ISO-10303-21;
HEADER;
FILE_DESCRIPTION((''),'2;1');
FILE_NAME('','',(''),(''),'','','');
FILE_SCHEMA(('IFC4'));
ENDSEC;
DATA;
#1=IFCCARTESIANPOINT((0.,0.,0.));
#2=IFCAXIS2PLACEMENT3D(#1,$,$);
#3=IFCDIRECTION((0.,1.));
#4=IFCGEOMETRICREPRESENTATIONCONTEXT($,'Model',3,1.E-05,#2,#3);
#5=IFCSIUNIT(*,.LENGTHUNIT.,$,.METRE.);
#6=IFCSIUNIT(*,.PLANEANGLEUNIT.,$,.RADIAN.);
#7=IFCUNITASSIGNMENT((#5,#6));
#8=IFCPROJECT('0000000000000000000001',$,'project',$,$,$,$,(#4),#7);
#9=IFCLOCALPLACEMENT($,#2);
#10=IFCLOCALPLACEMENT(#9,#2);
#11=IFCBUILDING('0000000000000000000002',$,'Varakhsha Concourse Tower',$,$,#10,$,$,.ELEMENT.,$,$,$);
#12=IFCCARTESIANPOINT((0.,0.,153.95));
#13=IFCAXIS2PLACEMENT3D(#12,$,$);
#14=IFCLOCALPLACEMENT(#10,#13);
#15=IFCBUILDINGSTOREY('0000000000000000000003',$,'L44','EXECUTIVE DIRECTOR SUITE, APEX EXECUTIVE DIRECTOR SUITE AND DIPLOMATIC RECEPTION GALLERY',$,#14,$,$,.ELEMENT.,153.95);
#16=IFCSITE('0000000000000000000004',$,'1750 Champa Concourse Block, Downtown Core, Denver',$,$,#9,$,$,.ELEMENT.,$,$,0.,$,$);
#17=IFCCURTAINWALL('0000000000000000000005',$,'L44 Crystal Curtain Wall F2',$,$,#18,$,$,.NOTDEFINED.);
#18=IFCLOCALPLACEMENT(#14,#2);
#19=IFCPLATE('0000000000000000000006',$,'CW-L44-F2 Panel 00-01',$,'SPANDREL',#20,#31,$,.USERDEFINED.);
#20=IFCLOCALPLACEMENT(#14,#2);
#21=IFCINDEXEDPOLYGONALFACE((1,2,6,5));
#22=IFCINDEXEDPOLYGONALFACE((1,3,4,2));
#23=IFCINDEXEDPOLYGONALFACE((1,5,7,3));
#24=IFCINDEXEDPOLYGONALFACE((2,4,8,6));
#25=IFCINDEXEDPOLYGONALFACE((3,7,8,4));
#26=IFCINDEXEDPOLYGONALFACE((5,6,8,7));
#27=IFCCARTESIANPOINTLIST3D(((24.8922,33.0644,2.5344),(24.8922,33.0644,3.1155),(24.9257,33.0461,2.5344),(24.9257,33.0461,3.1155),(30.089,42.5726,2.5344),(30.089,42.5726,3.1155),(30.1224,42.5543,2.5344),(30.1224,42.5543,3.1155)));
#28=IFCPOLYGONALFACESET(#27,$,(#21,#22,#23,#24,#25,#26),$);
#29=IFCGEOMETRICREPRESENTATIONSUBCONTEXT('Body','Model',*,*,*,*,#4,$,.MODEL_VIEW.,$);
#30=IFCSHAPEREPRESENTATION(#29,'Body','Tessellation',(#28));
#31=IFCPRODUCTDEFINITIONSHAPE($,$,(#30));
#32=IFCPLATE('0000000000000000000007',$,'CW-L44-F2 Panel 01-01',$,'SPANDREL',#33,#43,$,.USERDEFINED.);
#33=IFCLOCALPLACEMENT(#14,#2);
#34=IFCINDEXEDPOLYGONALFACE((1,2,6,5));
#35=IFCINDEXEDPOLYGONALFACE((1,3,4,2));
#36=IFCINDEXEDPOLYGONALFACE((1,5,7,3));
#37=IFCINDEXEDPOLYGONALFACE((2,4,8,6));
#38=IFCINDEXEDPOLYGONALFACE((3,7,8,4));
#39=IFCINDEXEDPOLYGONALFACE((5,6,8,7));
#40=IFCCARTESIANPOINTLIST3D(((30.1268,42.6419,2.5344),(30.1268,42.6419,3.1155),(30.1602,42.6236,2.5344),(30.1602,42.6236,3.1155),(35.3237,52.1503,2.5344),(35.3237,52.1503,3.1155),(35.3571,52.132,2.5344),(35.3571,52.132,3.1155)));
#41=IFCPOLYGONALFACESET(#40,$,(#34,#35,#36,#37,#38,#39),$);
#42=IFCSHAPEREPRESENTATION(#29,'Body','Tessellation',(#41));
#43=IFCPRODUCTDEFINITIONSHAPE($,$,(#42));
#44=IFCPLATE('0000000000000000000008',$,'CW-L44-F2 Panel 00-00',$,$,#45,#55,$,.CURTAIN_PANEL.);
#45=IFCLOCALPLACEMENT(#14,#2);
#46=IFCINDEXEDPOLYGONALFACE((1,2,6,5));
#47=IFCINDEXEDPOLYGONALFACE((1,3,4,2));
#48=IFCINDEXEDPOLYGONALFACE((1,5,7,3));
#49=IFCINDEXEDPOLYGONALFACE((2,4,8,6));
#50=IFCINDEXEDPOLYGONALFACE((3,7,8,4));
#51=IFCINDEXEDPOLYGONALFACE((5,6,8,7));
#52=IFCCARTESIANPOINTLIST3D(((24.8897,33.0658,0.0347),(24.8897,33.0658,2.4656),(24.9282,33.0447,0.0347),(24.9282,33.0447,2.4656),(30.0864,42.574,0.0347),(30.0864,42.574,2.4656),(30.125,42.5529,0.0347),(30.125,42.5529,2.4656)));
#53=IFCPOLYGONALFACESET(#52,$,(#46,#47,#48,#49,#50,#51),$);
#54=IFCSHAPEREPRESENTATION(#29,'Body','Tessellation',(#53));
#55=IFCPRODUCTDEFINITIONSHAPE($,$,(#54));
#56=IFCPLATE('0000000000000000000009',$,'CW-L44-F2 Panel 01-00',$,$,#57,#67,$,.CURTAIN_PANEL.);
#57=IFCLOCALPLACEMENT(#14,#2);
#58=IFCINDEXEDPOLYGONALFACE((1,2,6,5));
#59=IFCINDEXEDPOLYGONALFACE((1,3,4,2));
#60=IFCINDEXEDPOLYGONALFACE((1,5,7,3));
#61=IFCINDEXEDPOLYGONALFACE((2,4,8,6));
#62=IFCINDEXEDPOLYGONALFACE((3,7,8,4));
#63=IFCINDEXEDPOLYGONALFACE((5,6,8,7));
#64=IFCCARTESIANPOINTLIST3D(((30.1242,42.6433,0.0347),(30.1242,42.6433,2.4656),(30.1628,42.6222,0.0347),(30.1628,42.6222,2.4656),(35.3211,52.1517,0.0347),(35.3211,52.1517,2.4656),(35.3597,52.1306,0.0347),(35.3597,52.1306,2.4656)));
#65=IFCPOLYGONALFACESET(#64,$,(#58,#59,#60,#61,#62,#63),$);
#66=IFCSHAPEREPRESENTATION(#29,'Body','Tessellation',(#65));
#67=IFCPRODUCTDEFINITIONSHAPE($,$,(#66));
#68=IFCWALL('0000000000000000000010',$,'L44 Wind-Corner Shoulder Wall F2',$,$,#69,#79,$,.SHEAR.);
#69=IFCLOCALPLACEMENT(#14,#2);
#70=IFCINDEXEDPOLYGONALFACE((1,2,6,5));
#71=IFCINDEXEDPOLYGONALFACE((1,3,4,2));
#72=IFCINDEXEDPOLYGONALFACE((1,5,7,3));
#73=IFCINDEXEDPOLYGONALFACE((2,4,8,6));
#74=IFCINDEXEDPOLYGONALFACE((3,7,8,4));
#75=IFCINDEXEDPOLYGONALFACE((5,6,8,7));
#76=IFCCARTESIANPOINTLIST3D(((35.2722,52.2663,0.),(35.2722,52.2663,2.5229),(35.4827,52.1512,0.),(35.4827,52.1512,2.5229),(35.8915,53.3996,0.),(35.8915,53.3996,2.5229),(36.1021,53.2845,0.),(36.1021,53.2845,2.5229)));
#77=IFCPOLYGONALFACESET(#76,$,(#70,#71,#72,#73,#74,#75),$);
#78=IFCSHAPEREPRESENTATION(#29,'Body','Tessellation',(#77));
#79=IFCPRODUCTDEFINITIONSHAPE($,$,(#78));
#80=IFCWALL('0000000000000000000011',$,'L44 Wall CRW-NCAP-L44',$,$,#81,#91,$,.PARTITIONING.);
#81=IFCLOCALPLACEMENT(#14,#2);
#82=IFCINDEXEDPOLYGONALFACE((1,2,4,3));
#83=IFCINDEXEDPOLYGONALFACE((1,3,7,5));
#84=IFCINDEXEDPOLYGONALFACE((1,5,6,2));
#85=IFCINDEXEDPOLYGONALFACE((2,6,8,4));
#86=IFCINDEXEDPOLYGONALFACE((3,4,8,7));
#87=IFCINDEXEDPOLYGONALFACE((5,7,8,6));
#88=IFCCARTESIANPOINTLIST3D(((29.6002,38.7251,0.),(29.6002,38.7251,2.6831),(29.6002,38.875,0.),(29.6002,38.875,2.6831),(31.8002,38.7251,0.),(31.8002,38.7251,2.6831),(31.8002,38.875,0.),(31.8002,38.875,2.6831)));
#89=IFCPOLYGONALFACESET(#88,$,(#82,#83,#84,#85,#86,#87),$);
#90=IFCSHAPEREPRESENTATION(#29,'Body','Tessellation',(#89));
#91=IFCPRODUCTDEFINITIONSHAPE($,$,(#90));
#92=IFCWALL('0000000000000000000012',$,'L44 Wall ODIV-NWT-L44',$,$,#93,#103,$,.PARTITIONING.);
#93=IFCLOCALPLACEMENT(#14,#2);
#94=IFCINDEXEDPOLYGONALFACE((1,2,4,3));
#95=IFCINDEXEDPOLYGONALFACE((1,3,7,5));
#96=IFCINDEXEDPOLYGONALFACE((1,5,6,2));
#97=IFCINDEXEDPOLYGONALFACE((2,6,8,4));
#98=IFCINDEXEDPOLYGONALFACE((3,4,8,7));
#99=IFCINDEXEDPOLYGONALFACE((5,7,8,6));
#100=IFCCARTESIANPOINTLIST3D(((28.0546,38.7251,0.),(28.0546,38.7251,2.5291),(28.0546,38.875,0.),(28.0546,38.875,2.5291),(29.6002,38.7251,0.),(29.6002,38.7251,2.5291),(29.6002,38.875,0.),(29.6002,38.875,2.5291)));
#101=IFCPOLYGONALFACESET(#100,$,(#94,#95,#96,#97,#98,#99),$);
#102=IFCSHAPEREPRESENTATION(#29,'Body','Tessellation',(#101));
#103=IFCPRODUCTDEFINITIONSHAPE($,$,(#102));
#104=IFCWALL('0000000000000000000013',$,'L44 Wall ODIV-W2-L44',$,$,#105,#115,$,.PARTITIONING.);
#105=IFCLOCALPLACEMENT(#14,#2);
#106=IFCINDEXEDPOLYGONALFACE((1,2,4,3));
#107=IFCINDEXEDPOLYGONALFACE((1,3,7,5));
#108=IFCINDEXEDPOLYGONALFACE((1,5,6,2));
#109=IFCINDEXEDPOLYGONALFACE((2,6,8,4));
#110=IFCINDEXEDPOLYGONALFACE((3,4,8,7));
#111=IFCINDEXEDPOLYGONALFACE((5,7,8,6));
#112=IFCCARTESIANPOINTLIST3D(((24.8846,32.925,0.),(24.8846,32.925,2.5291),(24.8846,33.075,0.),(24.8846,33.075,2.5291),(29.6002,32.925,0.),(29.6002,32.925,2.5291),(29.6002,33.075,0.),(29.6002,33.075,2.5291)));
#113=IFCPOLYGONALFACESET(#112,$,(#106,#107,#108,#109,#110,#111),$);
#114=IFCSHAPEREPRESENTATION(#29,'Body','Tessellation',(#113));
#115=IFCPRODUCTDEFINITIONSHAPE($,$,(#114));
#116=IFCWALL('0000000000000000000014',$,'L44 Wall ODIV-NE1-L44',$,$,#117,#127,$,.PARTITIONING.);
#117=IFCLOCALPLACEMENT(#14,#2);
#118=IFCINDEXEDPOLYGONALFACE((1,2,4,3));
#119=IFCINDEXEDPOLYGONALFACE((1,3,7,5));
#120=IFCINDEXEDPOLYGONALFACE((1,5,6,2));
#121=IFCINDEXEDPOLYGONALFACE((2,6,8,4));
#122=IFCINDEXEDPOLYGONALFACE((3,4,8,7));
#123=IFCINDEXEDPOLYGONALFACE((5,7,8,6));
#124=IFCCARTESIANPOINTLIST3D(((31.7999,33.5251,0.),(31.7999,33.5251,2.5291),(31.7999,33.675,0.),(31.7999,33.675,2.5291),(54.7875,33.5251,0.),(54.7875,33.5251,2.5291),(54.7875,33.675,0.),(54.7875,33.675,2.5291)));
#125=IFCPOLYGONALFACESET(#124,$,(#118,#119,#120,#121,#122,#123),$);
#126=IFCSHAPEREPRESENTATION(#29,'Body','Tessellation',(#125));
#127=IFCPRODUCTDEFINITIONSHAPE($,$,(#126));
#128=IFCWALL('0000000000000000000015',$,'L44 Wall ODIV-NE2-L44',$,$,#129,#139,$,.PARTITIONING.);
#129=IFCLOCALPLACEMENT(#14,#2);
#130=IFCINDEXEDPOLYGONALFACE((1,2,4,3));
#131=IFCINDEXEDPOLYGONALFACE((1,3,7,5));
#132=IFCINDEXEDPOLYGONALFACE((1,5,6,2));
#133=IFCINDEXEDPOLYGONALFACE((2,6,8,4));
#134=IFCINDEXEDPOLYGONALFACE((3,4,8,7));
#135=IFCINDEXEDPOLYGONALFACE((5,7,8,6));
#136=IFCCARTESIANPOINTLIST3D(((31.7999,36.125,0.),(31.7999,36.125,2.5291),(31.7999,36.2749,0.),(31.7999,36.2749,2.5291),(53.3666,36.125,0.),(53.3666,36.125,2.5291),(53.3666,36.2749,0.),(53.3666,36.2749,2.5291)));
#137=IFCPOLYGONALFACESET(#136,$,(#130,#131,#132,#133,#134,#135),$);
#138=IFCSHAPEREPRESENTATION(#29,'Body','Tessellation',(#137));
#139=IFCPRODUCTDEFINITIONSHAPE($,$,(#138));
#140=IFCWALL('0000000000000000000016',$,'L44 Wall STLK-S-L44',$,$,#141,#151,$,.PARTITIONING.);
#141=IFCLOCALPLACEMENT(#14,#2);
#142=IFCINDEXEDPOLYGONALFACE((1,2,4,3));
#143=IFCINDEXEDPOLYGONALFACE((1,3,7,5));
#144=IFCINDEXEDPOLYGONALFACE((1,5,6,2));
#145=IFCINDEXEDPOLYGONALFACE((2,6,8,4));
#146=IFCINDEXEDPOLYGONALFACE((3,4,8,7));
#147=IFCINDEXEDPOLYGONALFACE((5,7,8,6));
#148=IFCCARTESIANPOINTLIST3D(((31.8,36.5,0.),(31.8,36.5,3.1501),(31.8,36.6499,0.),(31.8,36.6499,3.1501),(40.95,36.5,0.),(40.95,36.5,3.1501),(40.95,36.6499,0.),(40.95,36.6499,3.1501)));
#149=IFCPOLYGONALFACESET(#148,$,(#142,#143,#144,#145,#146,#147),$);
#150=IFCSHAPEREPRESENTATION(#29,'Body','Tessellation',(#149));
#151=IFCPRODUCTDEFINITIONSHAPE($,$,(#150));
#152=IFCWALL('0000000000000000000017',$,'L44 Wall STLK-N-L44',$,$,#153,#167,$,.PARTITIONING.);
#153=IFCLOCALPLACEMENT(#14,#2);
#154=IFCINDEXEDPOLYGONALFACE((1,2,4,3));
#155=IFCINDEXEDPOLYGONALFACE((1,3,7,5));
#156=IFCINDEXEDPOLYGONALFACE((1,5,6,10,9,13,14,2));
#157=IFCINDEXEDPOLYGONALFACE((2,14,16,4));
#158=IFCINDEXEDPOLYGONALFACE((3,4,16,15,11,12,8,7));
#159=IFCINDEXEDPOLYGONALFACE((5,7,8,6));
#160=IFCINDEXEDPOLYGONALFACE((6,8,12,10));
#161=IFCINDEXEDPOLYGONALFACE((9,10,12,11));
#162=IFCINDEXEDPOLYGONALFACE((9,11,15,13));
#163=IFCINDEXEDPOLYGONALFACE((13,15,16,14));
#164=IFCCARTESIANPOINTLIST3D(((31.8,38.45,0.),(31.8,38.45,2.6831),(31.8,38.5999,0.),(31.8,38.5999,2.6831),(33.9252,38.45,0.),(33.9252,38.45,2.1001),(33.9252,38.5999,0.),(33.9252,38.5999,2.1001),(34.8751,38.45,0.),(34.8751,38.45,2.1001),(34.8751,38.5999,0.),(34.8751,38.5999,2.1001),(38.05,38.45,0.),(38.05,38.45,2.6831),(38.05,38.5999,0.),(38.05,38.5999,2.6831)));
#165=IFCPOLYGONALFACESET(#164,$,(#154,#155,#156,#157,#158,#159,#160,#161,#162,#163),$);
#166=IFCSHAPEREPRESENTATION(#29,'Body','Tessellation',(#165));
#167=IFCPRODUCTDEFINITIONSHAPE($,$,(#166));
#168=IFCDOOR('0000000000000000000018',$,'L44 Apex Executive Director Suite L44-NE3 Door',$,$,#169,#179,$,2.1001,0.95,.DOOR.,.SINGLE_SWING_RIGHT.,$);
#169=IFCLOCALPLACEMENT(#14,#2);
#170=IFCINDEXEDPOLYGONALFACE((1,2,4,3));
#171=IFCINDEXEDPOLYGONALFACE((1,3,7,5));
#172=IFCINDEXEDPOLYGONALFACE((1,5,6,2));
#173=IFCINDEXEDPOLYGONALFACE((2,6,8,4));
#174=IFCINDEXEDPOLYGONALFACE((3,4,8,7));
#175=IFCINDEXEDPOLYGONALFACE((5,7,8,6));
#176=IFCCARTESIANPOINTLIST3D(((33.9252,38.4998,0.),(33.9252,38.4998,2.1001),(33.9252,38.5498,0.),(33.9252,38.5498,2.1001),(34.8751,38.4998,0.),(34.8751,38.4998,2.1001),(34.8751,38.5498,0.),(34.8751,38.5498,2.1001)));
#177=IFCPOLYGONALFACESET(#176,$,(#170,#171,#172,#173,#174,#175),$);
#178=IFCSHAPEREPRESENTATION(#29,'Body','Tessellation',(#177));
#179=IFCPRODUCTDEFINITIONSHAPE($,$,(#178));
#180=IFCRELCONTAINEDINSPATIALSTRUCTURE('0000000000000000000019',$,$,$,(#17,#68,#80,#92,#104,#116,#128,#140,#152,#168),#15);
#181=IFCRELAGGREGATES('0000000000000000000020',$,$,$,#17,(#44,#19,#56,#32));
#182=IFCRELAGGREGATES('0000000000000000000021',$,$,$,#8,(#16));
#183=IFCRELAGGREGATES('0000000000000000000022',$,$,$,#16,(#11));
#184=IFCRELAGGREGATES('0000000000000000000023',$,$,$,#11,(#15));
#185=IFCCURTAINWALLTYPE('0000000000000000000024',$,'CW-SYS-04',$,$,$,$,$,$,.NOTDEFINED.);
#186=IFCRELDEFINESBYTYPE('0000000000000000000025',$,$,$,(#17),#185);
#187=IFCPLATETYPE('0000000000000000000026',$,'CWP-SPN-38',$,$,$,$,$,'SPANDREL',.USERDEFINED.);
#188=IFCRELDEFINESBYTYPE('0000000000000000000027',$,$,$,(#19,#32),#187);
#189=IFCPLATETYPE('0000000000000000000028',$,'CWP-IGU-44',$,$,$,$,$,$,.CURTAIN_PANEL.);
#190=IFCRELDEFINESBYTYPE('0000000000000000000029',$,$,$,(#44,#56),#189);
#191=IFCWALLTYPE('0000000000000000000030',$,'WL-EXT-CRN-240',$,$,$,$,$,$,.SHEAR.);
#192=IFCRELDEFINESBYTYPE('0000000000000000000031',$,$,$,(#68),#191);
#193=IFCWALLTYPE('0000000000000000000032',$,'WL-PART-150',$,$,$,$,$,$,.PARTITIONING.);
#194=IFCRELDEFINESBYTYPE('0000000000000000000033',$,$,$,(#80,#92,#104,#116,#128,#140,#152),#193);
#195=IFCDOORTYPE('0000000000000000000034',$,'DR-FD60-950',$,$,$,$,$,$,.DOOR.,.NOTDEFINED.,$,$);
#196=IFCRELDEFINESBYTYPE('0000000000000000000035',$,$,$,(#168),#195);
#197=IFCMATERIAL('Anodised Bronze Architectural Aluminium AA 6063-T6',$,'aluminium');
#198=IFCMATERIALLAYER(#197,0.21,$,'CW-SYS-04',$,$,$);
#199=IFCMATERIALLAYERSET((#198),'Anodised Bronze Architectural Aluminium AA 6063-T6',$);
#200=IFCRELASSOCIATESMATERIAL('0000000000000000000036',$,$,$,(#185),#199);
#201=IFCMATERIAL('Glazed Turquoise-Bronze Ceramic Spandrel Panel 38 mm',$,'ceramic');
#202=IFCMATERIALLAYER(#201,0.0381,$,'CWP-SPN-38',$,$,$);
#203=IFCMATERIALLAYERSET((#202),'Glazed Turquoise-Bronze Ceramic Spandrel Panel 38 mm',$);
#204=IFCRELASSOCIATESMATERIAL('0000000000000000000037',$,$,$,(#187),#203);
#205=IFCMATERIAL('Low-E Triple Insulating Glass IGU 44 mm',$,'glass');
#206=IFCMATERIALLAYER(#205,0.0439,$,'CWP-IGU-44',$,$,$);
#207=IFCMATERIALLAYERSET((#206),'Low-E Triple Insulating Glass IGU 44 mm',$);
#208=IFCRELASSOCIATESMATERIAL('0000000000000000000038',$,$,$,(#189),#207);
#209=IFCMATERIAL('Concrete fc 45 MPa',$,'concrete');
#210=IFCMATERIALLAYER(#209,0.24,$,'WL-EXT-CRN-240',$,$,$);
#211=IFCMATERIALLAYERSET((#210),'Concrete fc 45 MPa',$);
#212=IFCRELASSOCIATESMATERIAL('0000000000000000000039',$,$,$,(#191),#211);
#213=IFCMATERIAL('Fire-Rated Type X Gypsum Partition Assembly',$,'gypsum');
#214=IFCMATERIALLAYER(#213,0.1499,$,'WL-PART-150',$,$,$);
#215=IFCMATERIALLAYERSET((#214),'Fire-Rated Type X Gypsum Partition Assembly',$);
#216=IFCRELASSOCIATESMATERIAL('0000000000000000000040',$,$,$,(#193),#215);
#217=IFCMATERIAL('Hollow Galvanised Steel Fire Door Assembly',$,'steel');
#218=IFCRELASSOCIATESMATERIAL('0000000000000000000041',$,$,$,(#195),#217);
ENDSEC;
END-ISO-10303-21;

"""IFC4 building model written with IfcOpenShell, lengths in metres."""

from ifc_helpers import new_model, si_unit, direction, frame, frame_2d, origin, origin_2d, place, context, subcontext, project, spatial, rectangle, extrude, source, transform, mapped, material, layer, layer_set, type_object, type_shapes, element, fill, aggregate, save


model = new_model("IFC4")

# Units and contexts
model_context = context("Model", 3, precision=1e-05, world=origin(), true_north=direction((0.0, 1.0)))
body_context = subcontext(model_context, "Body", "Model", "MODEL_VIEW")
ifc_project = project(units=[si_unit("LENGTHUNIT", "METRE"), si_unit("PLANEANGLEUNIT", "RADIAN")], contexts=[model_context])

# Site, building, storey
site_placement = place(None, origin())
site = spatial("IfcSite", under=ifc_project, at=site_placement, Name="1750 Champa Concourse Block, Downtown Core, Denver", CompositionType="ELEMENT", RefElevation=0.0)
building_placement = place(site_placement, origin())
building = spatial("IfcBuilding", under=site, at=building_placement, Name="Varakhsha Concourse Tower", CompositionType="ELEMENT")
storey_placement = place(building_placement, frame((0.0, 0.0, 153.95)))
storey = spatial("IfcBuildingStorey", under=building, at=storey_placement, Name="L44", Description="EXECUTIVE DIRECTOR SUITE, APEX EXECUTIVE DIRECTOR SUITE AND DIPLOMATIC RECEPTION GALLERY", CompositionType="ELEMENT", Elevation=153.95)

# Curtain wall
ifc_material_1 = material(Name="Anodised Bronze Architectural Aluminium AA 6063-T6", Category="aluminium")
ifc_layer_1 = layer(ifc_material_1, 0.21, Name="CW-SYS-04")
ifc_layer_set_1 = layer_set([ifc_layer_1], Name="Anodised Bronze Architectural Aluminium AA 6063-T6")
curtain_wall_type = type_object("IfcCurtainWallType", Name="CW-SYS-04", PredefinedType="NOTDEFINED", material=ifc_layer_set_1)
curtain_wall_1_placement = place(storey_placement, origin())
curtain_wall_1 = element("IfcCurtainWall", 1, at=curtain_wall_1_placement, inside=storey, type_object=curtain_wall_type, Name="L44 Crystal Curtain Wall F2", PredefinedType="NOTDEFINED")

# Plates
ifc_material_2 = material(Name="Glazed Turquoise-Bronze Ceramic Spandrel Panel 38 mm", Category="ceramic")
ifc_layer_2 = layer(ifc_material_2, 0.0381, Name="CWP-SPN-38")
ifc_layer_set_2 = layer_set([ifc_layer_2], Name="Glazed Turquoise-Bronze Ceramic Spandrel Panel 38 mm")
plate_type_1 = type_object("IfcPlateType", Name="CWP-SPN-38", ElementType="SPANDREL", PredefinedType="USERDEFINED", material=ifc_layer_set_2)
shared_shape_1 = source(origin(), body_context, "Body", "SweptSolid", [
    extrude(rectangle(XDim=10.8357, YDim=0.0381, at=origin_2d()), origin(), (0.0, 0.0, 1.0), 0.5811),
])
plate_1_placement = place(storey_placement, frame((27.5073, 37.8093, 2.5344), z_axis=(0.0, 0.0, 1.0), x_axis=(0.479596, 0.87749, 0.0)))
plate_1 = element("IfcPlate", 2, at=plate_1_placement, type_object=plate_type_1, Name="CW-L44-F2 Panel 00-01", ObjectType="SPANDREL", PredefinedType="USERDEFINED", context=body_context, shape_type="MappedRepresentation", body=[
    mapped(shared_shape_1, transform((0.0, 0.0, 0.0), scale=1.0)),
])
shared_shape_2 = source(origin(), body_context, "Body", "SweptSolid", [
    extrude(rectangle(XDim=10.8359, YDim=0.0381, at=origin_2d()), origin(), (0.0, 0.0, 1.0), 0.5811),
])
type_shapes(plate_type_1, [shared_shape_1, shared_shape_2])
plate_2_placement = place(storey_placement, frame((32.7419, 47.387, 2.5344), z_axis=(0.0, 0.0, 1.0), x_axis=(0.479596, 0.87749, 0.0)))
plate_2 = element("IfcPlate", 3, at=plate_2_placement, type_object=plate_type_1, Name="CW-L44-F2 Panel 01-01", ObjectType="SPANDREL", PredefinedType="USERDEFINED", context=body_context, shape_type="MappedRepresentation", body=[
    mapped(shared_shape_2, transform((0.0, 0.0, 0.0), scale=1.0)),
])
ifc_material_3 = material(Name="Low-E Triple Insulating Glass IGU 44 mm", Category="glass")
ifc_layer_3 = layer(ifc_material_3, 0.0439, Name="CWP-IGU-44")
ifc_layer_set_3 = layer_set([ifc_layer_3], Name="Low-E Triple Insulating Glass IGU 44 mm")
plate_type_2 = type_object("IfcPlateType", Name="CWP-IGU-44", PredefinedType="CURTAIN_PANEL", material=ifc_layer_set_3)
shared_shape_3 = source(origin(), body_context, "Body", "SweptSolid", [
    extrude(rectangle(XDim=10.8357, YDim=0.0439, at=origin_2d()), origin(), (0.0, 0.0, 1.0), 2.4309),
])
plate_3_placement = place(storey_placement, frame((27.5073, 37.8093, 0.0347), z_axis=(0.0, 0.0, 1.0), x_axis=(0.479596, 0.87749, 0.0)))
plate_3 = element("IfcPlate", 4, at=plate_3_placement, type_object=plate_type_2, Name="CW-L44-F2 Panel 00-00", PredefinedType="CURTAIN_PANEL", context=body_context, shape_type="MappedRepresentation", body=[
    mapped(shared_shape_3, transform((0.0, 0.0, 0.0), scale=1.0)),
])
shared_shape_4 = source(origin(), body_context, "Body", "SweptSolid", [
    extrude(rectangle(XDim=10.8359, YDim=0.0439, at=origin_2d()), origin(), (0.0, 0.0, 1.0), 2.4309),
])
type_shapes(plate_type_2, [shared_shape_3, shared_shape_4])
plate_4_placement = place(storey_placement, frame((32.7419, 47.387, 0.0347), z_axis=(0.0, 0.0, 1.0), x_axis=(0.479596, 0.87749, 0.0)))
plate_4 = element("IfcPlate", 5, at=plate_4_placement, type_object=plate_type_2, Name="CW-L44-F2 Panel 01-00", PredefinedType="CURTAIN_PANEL", context=body_context, shape_type="MappedRepresentation", body=[
    mapped(shared_shape_4, transform((0.0, 0.0, 0.0), scale=1.0)),
])
aggregate(curtain_wall_1, [plate_3, plate_1, plate_4, plate_2])

# Walls
ifc_material_4 = material(Name="Concrete fc 45 MPa", Category="concrete")
ifc_layer_4 = layer(ifc_material_4, 0.24, Name="WL-EXT-CRN-240")
ifc_layer_set_4 = layer_set([ifc_layer_4], Name="Concrete fc 45 MPa")
wall_type_1 = type_object("IfcWallType", Name="WL-EXT-CRN-240", PredefinedType="SHEAR", material=ifc_layer_set_4)
wall_1_placement = place(storey_placement, frame((35.9968, 53.342, 0.0), z_axis=(0.0, 0.0, 1.0), x_axis=(-0.47958, -0.877498, 0.0)))
element("IfcWall", 6, at=wall_1_placement, inside=storey, type_object=wall_type_1, Name="L44 Wind-Corner Shoulder Wall F2", PredefinedType="SHEAR", context=body_context, shape_type="SweptSolid", body=[
    extrude(rectangle(XDim=1.2915, YDim=0.24, at=frame_2d((0.6458, 0.0))), origin(), (0.0, 0.0, 1.0), 2.5229),
])
ifc_material_5 = material(Name="Fire-Rated Type X Gypsum Partition Assembly", Category="gypsum")
ifc_layer_5 = layer(ifc_material_5, 0.1499, Name="WL-PART-150")
ifc_layer_set_5 = layer_set([ifc_layer_5], Name="Fire-Rated Type X Gypsum Partition Assembly")
wall_type_2 = type_object("IfcWallType", Name="WL-PART-150", PredefinedType="PARTITIONING", material=ifc_layer_set_5)
wall_2_placement = place(storey_placement, frame((29.6001, 38.8, 0.0), z_axis=(0.0, 0.0, 1.0), x_axis=(1.0, 0.0, 0.0)))
element("IfcWall", 7, at=wall_2_placement, inside=storey, type_object=wall_type_2, Name="L44 Wall CRW-NCAP-L44", PredefinedType="PARTITIONING", context=body_context, shape_type="SweptSolid", body=[
    extrude(rectangle(XDim=2.2, YDim=0.1499, at=frame_2d((1.1001, 0.0))), origin(), (0.0, 0.0, 1.0), 2.6831),
])
wall_3_placement = place(storey_placement, frame((28.0544, 38.8, 0.0), z_axis=(0.0, 0.0, 1.0), x_axis=(1.0, 0.0, 0.0)))
element("IfcWall", 8, at=wall_3_placement, inside=storey, type_object=wall_type_2, Name="L44 Wall ODIV-NWT-L44", PredefinedType="PARTITIONING", context=body_context, shape_type="SweptSolid", body=[
    extrude(rectangle(XDim=1.5457, YDim=0.1499, at=frame_2d((0.7729, 0.0))), origin(), (0.0, 0.0, 1.0), 2.5291),
])
wall_4_placement = place(storey_placement, frame((24.8845, 33.0, 0.0), z_axis=(0.0, 0.0, 1.0), x_axis=(1.0, 0.0, 0.0)))
element("IfcWall", 9, at=wall_4_placement, inside=storey, type_object=wall_type_2, Name="L44 Wall ODIV-W2-L44", PredefinedType="PARTITIONING", context=body_context, shape_type="SweptSolid", body=[
    extrude(rectangle(XDim=4.7156, YDim=0.1499, at=frame_2d((2.3579, 0.0))), origin(), (0.0, 0.0, 1.0), 2.5291),
])
wall_5_placement = place(storey_placement, frame((31.8, 33.6001, 0.0), z_axis=(0.0, 0.0, 1.0), x_axis=(1.0, 0.0, 0.0)))
element("IfcWall", 10, at=wall_5_placement, inside=storey, type_object=wall_type_2, Name="L44 Wall ODIV-NE1-L44", PredefinedType="PARTITIONING", context=body_context, shape_type="SweptSolid", body=[
    extrude(rectangle(XDim=22.9875, YDim=0.1499, at=frame_2d((11.4937, 0.0))), origin(), (0.0, 0.0, 1.0), 2.5291),
])
wall_6_placement = place(storey_placement, frame((31.8, 36.2, 0.0), z_axis=(0.0, 0.0, 1.0), x_axis=(1.0, 0.0, 0.0)))
element("IfcWall", 11, at=wall_6_placement, inside=storey, type_object=wall_type_2, Name="L44 Wall ODIV-NE2-L44", PredefinedType="PARTITIONING", context=body_context, shape_type="SweptSolid", body=[
    extrude(rectangle(XDim=21.5667, YDim=0.1499, at=frame_2d((10.7832, 0.0))), origin(), (0.0, 0.0, 1.0), 2.5291),
])
wall_7_placement = place(storey_placement, frame((31.8, 36.575, 0.0), z_axis=(0.0, 0.0, 1.0), x_axis=(1.0, 0.0, 0.0)))
element("IfcWall", 12, at=wall_7_placement, inside=storey, type_object=wall_type_2, Name="L44 Wall STLK-S-L44", PredefinedType="PARTITIONING", context=body_context, shape_type="SweptSolid", body=[
    extrude(rectangle(XDim=9.1499, YDim=0.1499, at=frame_2d((4.575, 0.0))), origin(), (0.0, 0.0, 1.0), 3.1501),
])

# Wall, opening, door
wall_8_placement = place(storey_placement, frame((31.8, 38.5249, 0.0), z_axis=(0.0, 0.0, 1.0), x_axis=(1.0, 0.0, 0.0)))
wall_8 = element("IfcWall", 13, at=wall_8_placement, inside=storey, type_object=wall_type_2, Name="L44 Wall STLK-N-L44", PredefinedType="PARTITIONING", context=body_context, shape_type="SweptSolid", body=[
    extrude(rectangle(XDim=6.25, YDim=0.1499, at=frame_2d((3.125, 0.0))), origin(), (0.0, 0.0, 1.0), 2.6831),
])
opening_1_placement = place(wall_8_placement, frame((2.125, 0.0, 0.0)))
opening_1 = element("IfcOpeningElement", 14, at=opening_1_placement, cuts=wall_8, PredefinedType="OPENING", context=body_context, shape_type="SweptSolid", body=[
    extrude(rectangle(XDim=0.95, YDim=2.1001, at=frame_2d((0.4751, 1.05))), frame((0.0, 0.085, 0.0), z_axis=(0.0, -1.0, 0.0), x_axis=(1.0, 0.0, 0.0)), (0.0, 0.0, 1.0), 0.1699),
])
ifc_material_6 = material(Name="Hollow Galvanised Steel Fire Door Assembly", Category="steel")
door_type_1 = type_object("IfcDoorType", Name="DR-FD60-950", OperationType="NOTDEFINED", PredefinedType="DOOR", material=ifc_material_6)
door_1_placement = place(opening_1_placement, origin())
door_1 = element("IfcDoor", 15, at=door_1_placement, inside=storey, type_object=door_type_1, Name="L44 Apex Executive Director Suite L44-NE3 Door", OperationType="SINGLE_SWING_RIGHT", OverallHeight=2.1001, OverallWidth=0.95, PredefinedType="DOOR", context=body_context, shape_type="SweptSolid", body=[
    extrude(rectangle(XDim=0.95, YDim=2.1001, at=frame_2d((0.4751, 1.05))), frame((0.0, 0.0249, 0.0), z_axis=(0.0, -1.0, 0.0), x_axis=(1.0, 0.0, 0.0)), (0.0, 0.0, 1.0), 0.05),
])
fill(opening_1, door_1)

save(model, "model.ifc")
